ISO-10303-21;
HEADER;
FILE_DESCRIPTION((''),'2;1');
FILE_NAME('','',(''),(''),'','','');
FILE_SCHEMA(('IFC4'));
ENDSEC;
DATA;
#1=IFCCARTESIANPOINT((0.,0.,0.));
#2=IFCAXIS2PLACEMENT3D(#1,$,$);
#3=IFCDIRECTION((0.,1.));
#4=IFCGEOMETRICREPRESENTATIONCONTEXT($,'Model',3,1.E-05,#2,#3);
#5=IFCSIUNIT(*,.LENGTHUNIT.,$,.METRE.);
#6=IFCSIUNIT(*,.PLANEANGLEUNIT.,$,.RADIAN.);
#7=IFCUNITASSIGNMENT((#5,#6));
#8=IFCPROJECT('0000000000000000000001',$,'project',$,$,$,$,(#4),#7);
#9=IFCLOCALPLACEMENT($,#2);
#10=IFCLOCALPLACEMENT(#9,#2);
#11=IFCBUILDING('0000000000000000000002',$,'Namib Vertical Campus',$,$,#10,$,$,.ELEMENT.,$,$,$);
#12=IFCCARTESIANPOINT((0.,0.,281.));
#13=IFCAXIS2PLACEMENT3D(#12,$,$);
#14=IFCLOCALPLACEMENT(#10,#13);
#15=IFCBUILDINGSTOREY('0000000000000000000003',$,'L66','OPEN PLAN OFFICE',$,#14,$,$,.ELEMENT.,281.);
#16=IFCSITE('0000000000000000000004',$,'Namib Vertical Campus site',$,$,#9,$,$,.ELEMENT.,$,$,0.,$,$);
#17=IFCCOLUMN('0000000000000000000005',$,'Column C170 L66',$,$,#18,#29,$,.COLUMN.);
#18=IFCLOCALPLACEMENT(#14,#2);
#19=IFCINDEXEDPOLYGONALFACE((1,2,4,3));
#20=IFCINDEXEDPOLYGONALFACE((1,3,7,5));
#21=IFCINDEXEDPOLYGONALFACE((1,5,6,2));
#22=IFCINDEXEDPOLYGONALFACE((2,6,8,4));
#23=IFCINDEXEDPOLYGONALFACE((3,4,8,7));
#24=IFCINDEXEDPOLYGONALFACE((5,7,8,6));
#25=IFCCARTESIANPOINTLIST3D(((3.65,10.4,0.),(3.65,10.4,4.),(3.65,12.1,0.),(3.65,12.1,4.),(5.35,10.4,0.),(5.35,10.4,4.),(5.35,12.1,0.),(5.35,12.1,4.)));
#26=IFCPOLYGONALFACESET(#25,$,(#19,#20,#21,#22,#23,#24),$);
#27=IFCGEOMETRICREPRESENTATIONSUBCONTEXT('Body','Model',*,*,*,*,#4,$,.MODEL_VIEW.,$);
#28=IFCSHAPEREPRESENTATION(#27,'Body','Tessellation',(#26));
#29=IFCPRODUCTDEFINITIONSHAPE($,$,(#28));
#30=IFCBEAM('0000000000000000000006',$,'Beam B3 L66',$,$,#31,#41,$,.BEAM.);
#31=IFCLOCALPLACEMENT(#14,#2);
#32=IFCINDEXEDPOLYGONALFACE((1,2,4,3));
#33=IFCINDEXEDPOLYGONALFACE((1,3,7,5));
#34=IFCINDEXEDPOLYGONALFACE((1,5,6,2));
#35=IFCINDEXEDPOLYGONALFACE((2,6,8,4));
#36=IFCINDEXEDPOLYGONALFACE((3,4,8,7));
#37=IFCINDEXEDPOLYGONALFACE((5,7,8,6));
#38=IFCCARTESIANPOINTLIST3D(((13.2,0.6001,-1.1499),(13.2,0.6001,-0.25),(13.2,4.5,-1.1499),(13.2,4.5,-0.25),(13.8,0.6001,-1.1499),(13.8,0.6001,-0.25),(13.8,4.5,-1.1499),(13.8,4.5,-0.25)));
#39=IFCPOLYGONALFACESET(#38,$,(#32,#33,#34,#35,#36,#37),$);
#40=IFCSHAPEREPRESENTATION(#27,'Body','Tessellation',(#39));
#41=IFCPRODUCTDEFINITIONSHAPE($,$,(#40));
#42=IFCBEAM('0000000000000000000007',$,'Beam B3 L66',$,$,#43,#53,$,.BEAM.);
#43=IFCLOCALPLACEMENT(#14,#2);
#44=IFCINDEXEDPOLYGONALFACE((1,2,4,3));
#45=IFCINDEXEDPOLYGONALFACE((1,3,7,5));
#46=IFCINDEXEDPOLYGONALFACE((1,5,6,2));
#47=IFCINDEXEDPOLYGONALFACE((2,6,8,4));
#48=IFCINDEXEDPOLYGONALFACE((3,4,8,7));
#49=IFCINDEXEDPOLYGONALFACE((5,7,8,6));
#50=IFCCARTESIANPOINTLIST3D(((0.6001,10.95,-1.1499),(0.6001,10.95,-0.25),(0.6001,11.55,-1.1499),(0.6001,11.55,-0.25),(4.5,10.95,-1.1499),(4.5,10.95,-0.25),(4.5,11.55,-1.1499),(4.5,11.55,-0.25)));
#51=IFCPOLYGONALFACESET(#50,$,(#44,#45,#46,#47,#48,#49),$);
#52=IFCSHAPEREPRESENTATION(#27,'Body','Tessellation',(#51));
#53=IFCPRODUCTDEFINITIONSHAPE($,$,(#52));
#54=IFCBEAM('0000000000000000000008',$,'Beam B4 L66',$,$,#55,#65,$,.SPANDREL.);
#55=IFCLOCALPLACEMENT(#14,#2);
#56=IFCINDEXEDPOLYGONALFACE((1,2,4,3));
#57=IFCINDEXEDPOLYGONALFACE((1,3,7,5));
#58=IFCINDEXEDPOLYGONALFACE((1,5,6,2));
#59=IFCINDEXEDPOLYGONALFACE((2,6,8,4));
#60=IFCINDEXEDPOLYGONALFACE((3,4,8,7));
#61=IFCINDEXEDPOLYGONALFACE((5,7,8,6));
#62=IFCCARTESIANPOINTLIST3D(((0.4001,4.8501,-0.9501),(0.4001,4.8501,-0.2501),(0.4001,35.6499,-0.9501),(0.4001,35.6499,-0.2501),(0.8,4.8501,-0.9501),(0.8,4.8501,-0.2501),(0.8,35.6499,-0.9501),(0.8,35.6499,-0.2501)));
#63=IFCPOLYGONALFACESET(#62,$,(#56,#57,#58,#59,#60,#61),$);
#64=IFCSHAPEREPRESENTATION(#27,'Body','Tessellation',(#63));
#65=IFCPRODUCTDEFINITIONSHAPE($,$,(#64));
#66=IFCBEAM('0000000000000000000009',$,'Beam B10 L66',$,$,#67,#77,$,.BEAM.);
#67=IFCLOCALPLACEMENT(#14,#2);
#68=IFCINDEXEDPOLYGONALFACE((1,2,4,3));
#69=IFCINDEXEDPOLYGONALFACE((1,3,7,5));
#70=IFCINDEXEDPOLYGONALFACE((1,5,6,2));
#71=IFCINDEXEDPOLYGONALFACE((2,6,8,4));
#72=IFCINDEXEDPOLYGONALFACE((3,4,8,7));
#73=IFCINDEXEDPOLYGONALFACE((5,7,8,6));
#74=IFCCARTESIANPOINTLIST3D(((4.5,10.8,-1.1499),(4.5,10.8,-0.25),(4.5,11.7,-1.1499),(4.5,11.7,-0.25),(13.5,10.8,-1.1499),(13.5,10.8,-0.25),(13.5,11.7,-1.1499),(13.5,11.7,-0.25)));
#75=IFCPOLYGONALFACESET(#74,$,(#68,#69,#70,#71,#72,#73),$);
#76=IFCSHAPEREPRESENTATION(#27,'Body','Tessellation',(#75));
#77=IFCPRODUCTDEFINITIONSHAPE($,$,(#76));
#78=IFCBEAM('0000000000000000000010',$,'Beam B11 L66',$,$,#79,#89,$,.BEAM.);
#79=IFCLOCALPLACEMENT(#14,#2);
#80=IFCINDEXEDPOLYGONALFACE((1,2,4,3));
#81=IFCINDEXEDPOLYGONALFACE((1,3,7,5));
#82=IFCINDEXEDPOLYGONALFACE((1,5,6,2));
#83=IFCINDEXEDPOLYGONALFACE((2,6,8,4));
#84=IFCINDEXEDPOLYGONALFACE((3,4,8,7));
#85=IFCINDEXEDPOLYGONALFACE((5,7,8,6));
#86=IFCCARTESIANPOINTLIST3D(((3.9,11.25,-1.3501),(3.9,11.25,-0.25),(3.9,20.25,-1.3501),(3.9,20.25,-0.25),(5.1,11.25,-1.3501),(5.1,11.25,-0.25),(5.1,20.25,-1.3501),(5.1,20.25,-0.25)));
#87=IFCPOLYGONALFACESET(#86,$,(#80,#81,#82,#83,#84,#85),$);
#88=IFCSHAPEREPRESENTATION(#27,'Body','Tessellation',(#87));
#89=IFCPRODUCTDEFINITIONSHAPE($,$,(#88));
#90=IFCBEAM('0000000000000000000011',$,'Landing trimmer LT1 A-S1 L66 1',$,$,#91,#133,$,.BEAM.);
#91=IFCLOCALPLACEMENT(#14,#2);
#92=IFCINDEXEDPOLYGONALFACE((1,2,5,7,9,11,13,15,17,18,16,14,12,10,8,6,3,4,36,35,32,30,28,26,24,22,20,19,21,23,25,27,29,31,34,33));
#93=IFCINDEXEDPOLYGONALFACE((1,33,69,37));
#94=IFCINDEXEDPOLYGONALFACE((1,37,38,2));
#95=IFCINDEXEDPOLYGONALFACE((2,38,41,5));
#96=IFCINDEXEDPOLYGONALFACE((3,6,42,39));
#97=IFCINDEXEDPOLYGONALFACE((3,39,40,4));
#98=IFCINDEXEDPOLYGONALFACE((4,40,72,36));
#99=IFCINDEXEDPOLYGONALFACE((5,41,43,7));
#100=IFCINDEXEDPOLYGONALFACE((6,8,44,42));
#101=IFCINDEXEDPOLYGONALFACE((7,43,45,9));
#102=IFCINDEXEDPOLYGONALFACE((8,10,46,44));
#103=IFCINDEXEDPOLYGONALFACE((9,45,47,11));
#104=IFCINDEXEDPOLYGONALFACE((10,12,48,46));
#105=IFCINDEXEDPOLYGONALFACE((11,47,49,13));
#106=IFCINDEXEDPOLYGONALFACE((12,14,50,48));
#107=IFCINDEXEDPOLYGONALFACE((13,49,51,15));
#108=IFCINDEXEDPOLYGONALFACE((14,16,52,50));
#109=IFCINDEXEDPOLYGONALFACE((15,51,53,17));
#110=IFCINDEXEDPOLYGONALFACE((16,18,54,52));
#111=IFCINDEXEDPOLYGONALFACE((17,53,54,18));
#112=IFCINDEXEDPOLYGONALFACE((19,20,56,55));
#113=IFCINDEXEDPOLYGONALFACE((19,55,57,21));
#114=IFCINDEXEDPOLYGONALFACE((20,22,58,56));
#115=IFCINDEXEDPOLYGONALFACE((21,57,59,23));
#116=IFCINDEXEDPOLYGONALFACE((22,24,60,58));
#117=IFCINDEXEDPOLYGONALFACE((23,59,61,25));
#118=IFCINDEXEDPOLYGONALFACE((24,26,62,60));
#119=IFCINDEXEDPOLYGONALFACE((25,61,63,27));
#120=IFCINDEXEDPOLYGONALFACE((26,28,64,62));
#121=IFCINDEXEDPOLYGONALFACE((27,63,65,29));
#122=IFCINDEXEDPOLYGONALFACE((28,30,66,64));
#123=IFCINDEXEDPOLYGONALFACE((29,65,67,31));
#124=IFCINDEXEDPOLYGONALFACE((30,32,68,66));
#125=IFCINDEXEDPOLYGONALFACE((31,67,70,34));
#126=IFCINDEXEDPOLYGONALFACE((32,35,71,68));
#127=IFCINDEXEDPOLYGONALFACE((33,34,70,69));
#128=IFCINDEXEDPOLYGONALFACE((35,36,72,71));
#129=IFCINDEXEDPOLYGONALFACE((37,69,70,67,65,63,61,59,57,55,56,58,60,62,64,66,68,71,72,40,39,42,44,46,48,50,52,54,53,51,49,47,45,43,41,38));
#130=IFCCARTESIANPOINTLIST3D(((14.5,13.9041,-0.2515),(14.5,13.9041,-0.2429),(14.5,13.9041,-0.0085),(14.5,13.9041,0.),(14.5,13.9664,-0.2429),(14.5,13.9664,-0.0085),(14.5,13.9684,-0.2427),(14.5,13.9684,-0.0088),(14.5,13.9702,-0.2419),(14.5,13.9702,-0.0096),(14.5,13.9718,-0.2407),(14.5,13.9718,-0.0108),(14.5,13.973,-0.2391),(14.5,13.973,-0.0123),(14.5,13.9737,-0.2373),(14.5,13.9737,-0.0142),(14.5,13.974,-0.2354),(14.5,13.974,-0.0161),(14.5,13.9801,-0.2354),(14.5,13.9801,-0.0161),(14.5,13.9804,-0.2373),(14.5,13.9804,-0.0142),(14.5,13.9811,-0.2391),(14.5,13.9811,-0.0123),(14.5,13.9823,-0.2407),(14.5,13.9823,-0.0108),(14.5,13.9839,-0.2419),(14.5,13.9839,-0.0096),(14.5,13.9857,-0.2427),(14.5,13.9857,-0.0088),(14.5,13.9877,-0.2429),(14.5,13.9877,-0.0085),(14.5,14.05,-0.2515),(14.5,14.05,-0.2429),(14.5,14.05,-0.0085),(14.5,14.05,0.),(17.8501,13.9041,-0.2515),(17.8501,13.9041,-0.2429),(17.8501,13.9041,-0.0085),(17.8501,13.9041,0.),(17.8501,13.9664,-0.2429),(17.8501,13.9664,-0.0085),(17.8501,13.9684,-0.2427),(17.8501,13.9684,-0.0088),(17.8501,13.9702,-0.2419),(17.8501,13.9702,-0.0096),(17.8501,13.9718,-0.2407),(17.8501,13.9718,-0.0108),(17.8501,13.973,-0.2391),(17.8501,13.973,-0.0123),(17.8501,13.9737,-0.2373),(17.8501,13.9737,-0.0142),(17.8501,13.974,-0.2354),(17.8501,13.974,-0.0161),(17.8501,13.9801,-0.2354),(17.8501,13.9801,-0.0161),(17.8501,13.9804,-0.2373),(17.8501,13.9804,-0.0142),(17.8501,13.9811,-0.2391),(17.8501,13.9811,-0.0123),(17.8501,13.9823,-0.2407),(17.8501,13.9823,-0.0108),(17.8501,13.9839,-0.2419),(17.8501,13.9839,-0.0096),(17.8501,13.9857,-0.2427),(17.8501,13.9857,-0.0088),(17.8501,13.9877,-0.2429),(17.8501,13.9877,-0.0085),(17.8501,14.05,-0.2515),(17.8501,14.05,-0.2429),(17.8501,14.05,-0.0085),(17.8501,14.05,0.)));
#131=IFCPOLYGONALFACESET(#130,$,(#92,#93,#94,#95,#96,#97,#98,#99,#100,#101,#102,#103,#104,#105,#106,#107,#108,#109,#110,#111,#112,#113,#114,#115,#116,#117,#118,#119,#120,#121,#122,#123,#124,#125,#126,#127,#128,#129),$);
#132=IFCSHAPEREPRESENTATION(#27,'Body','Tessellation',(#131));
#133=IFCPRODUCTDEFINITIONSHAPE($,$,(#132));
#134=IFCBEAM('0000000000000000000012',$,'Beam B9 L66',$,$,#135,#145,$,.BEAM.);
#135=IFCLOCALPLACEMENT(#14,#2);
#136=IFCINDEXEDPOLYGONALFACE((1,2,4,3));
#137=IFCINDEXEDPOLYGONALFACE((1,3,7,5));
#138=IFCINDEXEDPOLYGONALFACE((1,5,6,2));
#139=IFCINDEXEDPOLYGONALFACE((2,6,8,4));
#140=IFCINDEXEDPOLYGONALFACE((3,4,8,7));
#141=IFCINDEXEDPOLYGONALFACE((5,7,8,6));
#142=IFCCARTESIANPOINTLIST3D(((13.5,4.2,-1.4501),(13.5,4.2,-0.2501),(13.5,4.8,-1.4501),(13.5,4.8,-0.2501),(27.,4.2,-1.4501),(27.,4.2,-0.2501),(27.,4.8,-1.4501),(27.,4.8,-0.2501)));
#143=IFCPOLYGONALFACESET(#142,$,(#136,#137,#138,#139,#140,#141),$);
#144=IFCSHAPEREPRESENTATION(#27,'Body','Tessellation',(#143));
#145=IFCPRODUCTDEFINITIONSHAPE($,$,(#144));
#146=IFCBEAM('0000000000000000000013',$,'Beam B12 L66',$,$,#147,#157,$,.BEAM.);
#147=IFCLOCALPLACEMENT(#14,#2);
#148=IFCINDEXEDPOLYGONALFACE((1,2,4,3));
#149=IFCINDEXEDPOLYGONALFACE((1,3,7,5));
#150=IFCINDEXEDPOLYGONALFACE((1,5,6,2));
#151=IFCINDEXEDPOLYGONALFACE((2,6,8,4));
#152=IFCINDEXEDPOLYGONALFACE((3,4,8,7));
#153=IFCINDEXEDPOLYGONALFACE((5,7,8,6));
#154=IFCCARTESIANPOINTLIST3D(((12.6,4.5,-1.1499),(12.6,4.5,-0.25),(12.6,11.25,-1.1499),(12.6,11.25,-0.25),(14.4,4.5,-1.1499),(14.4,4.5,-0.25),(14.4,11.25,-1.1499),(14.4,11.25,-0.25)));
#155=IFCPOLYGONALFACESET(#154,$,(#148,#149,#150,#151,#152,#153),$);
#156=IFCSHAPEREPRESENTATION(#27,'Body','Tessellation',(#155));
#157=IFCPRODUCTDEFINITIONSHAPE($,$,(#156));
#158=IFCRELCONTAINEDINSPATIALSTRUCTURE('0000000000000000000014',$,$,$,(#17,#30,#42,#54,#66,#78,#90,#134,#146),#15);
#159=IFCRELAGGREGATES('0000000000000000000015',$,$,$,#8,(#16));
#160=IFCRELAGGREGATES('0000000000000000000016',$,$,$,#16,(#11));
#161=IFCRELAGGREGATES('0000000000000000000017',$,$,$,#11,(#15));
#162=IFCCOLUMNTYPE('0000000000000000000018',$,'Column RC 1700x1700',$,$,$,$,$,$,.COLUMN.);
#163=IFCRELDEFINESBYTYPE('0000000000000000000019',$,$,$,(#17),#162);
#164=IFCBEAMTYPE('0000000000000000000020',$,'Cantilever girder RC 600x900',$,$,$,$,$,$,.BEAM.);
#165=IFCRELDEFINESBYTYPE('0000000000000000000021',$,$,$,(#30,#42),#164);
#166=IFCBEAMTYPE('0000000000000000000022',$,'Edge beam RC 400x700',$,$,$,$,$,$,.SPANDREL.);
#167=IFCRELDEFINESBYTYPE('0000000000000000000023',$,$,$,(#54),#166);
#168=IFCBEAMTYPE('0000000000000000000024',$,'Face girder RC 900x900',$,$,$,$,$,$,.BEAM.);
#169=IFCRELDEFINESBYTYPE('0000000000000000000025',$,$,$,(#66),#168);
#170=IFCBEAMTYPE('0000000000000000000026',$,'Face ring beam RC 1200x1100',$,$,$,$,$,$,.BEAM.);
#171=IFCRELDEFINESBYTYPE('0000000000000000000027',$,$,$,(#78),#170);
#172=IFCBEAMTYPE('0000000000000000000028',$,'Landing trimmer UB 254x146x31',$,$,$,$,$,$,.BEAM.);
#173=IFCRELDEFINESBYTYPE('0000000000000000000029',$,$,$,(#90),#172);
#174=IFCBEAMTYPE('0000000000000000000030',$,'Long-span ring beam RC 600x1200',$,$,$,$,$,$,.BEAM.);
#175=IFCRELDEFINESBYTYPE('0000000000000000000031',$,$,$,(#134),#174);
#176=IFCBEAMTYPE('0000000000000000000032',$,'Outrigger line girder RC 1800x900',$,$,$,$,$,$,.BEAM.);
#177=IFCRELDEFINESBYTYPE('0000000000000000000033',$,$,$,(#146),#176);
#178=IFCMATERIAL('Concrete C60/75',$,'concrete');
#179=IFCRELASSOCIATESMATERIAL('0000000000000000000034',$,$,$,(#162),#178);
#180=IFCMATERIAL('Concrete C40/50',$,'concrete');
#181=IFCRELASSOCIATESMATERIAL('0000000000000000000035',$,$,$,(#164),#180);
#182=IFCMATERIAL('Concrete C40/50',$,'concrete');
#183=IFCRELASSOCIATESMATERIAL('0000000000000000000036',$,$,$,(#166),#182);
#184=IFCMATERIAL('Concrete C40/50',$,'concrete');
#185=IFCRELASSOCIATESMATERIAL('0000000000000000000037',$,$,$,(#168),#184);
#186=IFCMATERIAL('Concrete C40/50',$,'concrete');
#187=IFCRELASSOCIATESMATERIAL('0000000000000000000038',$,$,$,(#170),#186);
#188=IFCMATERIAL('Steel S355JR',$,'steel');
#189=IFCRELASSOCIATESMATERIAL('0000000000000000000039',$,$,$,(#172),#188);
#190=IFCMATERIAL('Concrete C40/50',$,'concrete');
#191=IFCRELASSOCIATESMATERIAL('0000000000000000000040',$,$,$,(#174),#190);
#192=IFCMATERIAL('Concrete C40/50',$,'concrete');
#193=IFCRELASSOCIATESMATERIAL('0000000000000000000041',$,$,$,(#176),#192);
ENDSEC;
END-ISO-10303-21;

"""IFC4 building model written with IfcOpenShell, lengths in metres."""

from ifc_helpers import new_model, si_unit, direction, frame, origin, origin_2d, place, context, subcontext, project, spatial, rectangle, i_section, extrude, material, material_profile, profile_set, type_object, element, save


model = new_model("IFC4")

# Units and contexts
model_context = context("Model", 3, precision=1e-05, world=origin(), true_north=direction((0.0, 1.0)))
body_context = subcontext(model_context, "Body", "Model", "MODEL_VIEW")
ifc_project = project(units=[si_unit("LENGTHUNIT", "METRE"), si_unit("PLANEANGLEUNIT", "RADIAN")], contexts=[model_context])

# Site, building, storey
site_placement = place(None, origin())
site = spatial("IfcSite", under=ifc_project, at=site_placement, Name="Namib Vertical Campus site", CompositionType="ELEMENT", RefElevation=0.0)
building_placement = place(site_placement, origin())
building = spatial("IfcBuilding", under=site, at=building_placement, Name="Namib Vertical Campus", CompositionType="ELEMENT")
storey_placement = place(building_placement, frame((0.0, 0.0, 281.0)))
storey = spatial("IfcBuildingStorey", under=building, at=storey_placement, Name="L66", Description="OPEN PLAN OFFICE", CompositionType="ELEMENT", Elevation=281.0)

# Column
ifc_material_1 = material(Name="Concrete C60/75", Category="concrete")
ifc_material_profile_1 = material_profile(ifc_material_1, rectangle(XDim=1.7, YDim=1.7, at=origin_2d()))
ifc_profile_set_1 = profile_set([ifc_material_profile_1], Name="Concrete C60/75")
column_type = type_object("IfcColumnType", Name="Column RC 1700x1700", PredefinedType="COLUMN", material=ifc_profile_set_1)
column_placement = place(storey_placement, frame((4.5, 11.25, 0.0), z_axis=(0.0, 0.0, 1.0), x_axis=(1.0, 0.0, 0.0)))
element("IfcColumn", 1, at=column_placement, inside=storey, type_object=column_type, Name="Column C170 L66", PredefinedType="COLUMN", context=body_context, shape_type="SweptSolid", body=[
    extrude(rectangle(XDim=1.7, YDim=1.7, at=origin_2d()), origin(), (0.0, 0.0, 1.0), 4.0),
])

# Beams
ifc_material_2 = material(Name="Concrete C40/50", Category="concrete")
ifc_material_profile_2 = material_profile(ifc_material_2, rectangle(XDim=0.6001, YDim=0.8999, at=origin_2d()))
ifc_profile_set_2 = profile_set([ifc_material_profile_2], Name="Concrete C40/50")
beam_type_1 = type_object("IfcBeamType", Name="Cantilever girder RC 600x900", PredefinedType="BEAM", material=ifc_profile_set_2)
for number, where, z_axis, x_axis, name in (
    (2, (13.5, 4.5, -0.7), (0.0, -1.0, 0.0), (1.0, 0.0, 0.0), "Beam B3 L66"),
    (3, (4.5, 11.25, -0.7), (-1.0, 0.0, 0.0), (0.0, -1.0, 0.0), "Beam B3 L66"),
):
    element("IfcBeam", number, at=place(storey_placement, frame(where, z_axis=z_axis, x_axis=x_axis)), inside=storey, type_object=beam_type_1, Name=name, PredefinedType="BEAM", context=body_context, shape_type="SweptSolid", body=[
        extrude(rectangle(XDim=0.6001, YDim=0.8999, at=origin_2d()), origin(), (0.0, 0.0, 1.0), 3.8999),
    ])
ifc_material_3 = material(Name="Concrete C40/50", Category="concrete")
ifc_material_profile_3 = material_profile(ifc_material_3, rectangle(XDim=0.3999, YDim=0.7, at=origin_2d()))
ifc_profile_set_3 = profile_set([ifc_material_profile_3], Name="Concrete C40/50")
beam_type_2 = type_object("IfcBeamType", Name="Edge beam RC 400x700", PredefinedType="SPANDREL", material=ifc_profile_set_3)
beam_1_placement = place(storey_placement, frame((0.6001, 4.8501, -0.6001), z_axis=(0.0, 1.0, 0.0), x_axis=(-1.0, 0.0, 0.0)))
element("IfcBeam", 4, at=beam_1_placement, inside=storey, type_object=beam_type_2, Name="Beam B4 L66", PredefinedType="SPANDREL", context=body_context, shape_type="SweptSolid", body=[
    extrude(rectangle(XDim=0.3999, YDim=0.7, at=origin_2d()), origin(), (0.0, 0.0, 1.0), 30.7998),
])
ifc_material_4 = material(Name="Concrete C40/50", Category="concrete")
ifc_material_profile_4 = material_profile(ifc_material_4, rectangle(XDim=0.8999, YDim=0.8999, at=origin_2d()))
ifc_profile_set_4 = profile_set([ifc_material_profile_4], Name="Concrete C40/50")
beam_type_3 = type_object("IfcBeamType", Name="Face girder RC 900x900", PredefinedType="BEAM", material=ifc_profile_set_4)
beam_2_placement = place(storey_placement, frame((4.5, 11.25, -0.7), z_axis=(1.0, 0.0, 0.0), x_axis=(0.0, 1.0, 0.0)))
element("IfcBeam", 5, at=beam_2_placement, inside=storey, type_object=beam_type_3, Name="Beam B10 L66", PredefinedType="BEAM", context=body_context, shape_type="SweptSolid", body=[
    extrude(rectangle(XDim=0.8999, YDim=0.8999, at=origin_2d()), origin(), (0.0, 0.0, 1.0), 9.0),
])
ifc_material_5 = material(Name="Concrete C40/50", Category="concrete")
ifc_material_profile_5 = material_profile(ifc_material_5, rectangle(XDim=1.2, YDim=1.1001, at=origin_2d()))
ifc_profile_set_5 = profile_set([ifc_material_profile_5], Name="Concrete C40/50")
beam_type_4 = type_object("IfcBeamType", Name="Face ring beam RC 1200x1100", PredefinedType="BEAM", material=ifc_profile_set_5)
beam_3_placement = place(storey_placement, frame((4.5, 11.25, -0.8), z_axis=(0.0, 1.0, 0.0), x_axis=(-1.0, 0.0, 0.0)))
element("IfcBeam", 6, at=beam_3_placement, inside=storey, type_object=beam_type_4, Name="Beam B11 L66", PredefinedType="BEAM", context=body_context, shape_type="SweptSolid", body=[
    extrude(rectangle(XDim=1.2, YDim=1.1001, at=origin_2d()), origin(), (0.0, 0.0, 1.0), 9.0),
])
ifc_material_6 = material(Name="Steel S355JR", Category="steel")
ifc_material_profile_6 = material_profile(ifc_material_6, i_section(OverallWidth=0.146, OverallDepth=0.2515, WebThickness=0.0061, FlangeThickness=0.0085, FilletRadius=0.0076, at=origin_2d()))
ifc_profile_set_6 = profile_set([ifc_material_profile_6], Name="Steel S355JR")
beam_type_5 = type_object("IfcBeamType", Name="Landing trimmer UB 254x146x31", PredefinedType="BEAM", material=ifc_profile_set_6)
beam_4_placement = place(storey_placement, frame((14.5, 13.9771, -0.1257), z_axis=(1.0, 0.0, 0.0), x_axis=(0.0, 1.0, 0.0)))
element("IfcBeam", 7, at=beam_4_placement, inside=storey, type_object=beam_type_5, Name="Landing trimmer LT1 A-S1 L66 1", PredefinedType="BEAM", context=body_context, shape_type="SweptSolid", body=[
    extrude(i_section(OverallWidth=0.146, OverallDepth=0.2515, WebThickness=0.0061, FlangeThickness=0.0085, FilletRadius=0.0076, at=origin_2d()), origin(), (0.0, 0.0, 1.0), 3.3501),
])
ifc_material_7 = material(Name="Concrete C40/50", Category="concrete")
ifc_material_profile_7 = material_profile(ifc_material_7, rectangle(XDim=0.6001, YDim=1.2, at=origin_2d()))
ifc_profile_set_7 = profile_set([ifc_material_profile_7], Name="Concrete C40/50")
beam_type_6 = type_object("IfcBeamType", Name="Long-span ring beam RC 600x1200", PredefinedType="BEAM", material=ifc_profile_set_7)
beam_5_placement = place(storey_placement, frame((13.5, 4.5, -0.8501), z_axis=(1.0, 0.0, 0.0), x_axis=(0.0, 1.0, 0.0)))
element("IfcBeam", 8, at=beam_5_placement, inside=storey, type_object=beam_type_6, Name="Beam B9 L66", PredefinedType="BEAM", context=body_context, shape_type="SweptSolid", body=[
    extrude(rectangle(XDim=0.6001, YDim=1.2, at=origin_2d()), origin(), (0.0, 0.0, 1.0), 13.5),
])
ifc_material_8 = material(Name="Concrete C40/50", Category="concrete")
ifc_material_profile_8 = material_profile(ifc_material_8, rectangle(XDim=1.8, YDim=0.8999, at=origin_2d()))
ifc_profile_set_8 = profile_set([ifc_material_profile_8], Name="Concrete C40/50")
beam_type_7 = type_object("IfcBeamType", Name="Outrigger line girder RC 1800x900", PredefinedType="BEAM", material=ifc_profile_set_8)
beam_6_placement = place(storey_placement, frame((13.5, 4.5, -0.7), z_axis=(0.0, 1.0, 0.0), x_axis=(-1.0, 0.0, 0.0)))
element("IfcBeam", 9, at=beam_6_placement, inside=storey, type_object=beam_type_7, Name="Beam B12 L66", PredefinedType="BEAM", context=body_context, shape_type="SweptSolid", body=[
    extrude(rectangle(XDim=1.8, YDim=0.8999, at=origin_2d()), origin(), (0.0, 0.0, 1.0), 6.75),
])

save(model, "model.ifc")
